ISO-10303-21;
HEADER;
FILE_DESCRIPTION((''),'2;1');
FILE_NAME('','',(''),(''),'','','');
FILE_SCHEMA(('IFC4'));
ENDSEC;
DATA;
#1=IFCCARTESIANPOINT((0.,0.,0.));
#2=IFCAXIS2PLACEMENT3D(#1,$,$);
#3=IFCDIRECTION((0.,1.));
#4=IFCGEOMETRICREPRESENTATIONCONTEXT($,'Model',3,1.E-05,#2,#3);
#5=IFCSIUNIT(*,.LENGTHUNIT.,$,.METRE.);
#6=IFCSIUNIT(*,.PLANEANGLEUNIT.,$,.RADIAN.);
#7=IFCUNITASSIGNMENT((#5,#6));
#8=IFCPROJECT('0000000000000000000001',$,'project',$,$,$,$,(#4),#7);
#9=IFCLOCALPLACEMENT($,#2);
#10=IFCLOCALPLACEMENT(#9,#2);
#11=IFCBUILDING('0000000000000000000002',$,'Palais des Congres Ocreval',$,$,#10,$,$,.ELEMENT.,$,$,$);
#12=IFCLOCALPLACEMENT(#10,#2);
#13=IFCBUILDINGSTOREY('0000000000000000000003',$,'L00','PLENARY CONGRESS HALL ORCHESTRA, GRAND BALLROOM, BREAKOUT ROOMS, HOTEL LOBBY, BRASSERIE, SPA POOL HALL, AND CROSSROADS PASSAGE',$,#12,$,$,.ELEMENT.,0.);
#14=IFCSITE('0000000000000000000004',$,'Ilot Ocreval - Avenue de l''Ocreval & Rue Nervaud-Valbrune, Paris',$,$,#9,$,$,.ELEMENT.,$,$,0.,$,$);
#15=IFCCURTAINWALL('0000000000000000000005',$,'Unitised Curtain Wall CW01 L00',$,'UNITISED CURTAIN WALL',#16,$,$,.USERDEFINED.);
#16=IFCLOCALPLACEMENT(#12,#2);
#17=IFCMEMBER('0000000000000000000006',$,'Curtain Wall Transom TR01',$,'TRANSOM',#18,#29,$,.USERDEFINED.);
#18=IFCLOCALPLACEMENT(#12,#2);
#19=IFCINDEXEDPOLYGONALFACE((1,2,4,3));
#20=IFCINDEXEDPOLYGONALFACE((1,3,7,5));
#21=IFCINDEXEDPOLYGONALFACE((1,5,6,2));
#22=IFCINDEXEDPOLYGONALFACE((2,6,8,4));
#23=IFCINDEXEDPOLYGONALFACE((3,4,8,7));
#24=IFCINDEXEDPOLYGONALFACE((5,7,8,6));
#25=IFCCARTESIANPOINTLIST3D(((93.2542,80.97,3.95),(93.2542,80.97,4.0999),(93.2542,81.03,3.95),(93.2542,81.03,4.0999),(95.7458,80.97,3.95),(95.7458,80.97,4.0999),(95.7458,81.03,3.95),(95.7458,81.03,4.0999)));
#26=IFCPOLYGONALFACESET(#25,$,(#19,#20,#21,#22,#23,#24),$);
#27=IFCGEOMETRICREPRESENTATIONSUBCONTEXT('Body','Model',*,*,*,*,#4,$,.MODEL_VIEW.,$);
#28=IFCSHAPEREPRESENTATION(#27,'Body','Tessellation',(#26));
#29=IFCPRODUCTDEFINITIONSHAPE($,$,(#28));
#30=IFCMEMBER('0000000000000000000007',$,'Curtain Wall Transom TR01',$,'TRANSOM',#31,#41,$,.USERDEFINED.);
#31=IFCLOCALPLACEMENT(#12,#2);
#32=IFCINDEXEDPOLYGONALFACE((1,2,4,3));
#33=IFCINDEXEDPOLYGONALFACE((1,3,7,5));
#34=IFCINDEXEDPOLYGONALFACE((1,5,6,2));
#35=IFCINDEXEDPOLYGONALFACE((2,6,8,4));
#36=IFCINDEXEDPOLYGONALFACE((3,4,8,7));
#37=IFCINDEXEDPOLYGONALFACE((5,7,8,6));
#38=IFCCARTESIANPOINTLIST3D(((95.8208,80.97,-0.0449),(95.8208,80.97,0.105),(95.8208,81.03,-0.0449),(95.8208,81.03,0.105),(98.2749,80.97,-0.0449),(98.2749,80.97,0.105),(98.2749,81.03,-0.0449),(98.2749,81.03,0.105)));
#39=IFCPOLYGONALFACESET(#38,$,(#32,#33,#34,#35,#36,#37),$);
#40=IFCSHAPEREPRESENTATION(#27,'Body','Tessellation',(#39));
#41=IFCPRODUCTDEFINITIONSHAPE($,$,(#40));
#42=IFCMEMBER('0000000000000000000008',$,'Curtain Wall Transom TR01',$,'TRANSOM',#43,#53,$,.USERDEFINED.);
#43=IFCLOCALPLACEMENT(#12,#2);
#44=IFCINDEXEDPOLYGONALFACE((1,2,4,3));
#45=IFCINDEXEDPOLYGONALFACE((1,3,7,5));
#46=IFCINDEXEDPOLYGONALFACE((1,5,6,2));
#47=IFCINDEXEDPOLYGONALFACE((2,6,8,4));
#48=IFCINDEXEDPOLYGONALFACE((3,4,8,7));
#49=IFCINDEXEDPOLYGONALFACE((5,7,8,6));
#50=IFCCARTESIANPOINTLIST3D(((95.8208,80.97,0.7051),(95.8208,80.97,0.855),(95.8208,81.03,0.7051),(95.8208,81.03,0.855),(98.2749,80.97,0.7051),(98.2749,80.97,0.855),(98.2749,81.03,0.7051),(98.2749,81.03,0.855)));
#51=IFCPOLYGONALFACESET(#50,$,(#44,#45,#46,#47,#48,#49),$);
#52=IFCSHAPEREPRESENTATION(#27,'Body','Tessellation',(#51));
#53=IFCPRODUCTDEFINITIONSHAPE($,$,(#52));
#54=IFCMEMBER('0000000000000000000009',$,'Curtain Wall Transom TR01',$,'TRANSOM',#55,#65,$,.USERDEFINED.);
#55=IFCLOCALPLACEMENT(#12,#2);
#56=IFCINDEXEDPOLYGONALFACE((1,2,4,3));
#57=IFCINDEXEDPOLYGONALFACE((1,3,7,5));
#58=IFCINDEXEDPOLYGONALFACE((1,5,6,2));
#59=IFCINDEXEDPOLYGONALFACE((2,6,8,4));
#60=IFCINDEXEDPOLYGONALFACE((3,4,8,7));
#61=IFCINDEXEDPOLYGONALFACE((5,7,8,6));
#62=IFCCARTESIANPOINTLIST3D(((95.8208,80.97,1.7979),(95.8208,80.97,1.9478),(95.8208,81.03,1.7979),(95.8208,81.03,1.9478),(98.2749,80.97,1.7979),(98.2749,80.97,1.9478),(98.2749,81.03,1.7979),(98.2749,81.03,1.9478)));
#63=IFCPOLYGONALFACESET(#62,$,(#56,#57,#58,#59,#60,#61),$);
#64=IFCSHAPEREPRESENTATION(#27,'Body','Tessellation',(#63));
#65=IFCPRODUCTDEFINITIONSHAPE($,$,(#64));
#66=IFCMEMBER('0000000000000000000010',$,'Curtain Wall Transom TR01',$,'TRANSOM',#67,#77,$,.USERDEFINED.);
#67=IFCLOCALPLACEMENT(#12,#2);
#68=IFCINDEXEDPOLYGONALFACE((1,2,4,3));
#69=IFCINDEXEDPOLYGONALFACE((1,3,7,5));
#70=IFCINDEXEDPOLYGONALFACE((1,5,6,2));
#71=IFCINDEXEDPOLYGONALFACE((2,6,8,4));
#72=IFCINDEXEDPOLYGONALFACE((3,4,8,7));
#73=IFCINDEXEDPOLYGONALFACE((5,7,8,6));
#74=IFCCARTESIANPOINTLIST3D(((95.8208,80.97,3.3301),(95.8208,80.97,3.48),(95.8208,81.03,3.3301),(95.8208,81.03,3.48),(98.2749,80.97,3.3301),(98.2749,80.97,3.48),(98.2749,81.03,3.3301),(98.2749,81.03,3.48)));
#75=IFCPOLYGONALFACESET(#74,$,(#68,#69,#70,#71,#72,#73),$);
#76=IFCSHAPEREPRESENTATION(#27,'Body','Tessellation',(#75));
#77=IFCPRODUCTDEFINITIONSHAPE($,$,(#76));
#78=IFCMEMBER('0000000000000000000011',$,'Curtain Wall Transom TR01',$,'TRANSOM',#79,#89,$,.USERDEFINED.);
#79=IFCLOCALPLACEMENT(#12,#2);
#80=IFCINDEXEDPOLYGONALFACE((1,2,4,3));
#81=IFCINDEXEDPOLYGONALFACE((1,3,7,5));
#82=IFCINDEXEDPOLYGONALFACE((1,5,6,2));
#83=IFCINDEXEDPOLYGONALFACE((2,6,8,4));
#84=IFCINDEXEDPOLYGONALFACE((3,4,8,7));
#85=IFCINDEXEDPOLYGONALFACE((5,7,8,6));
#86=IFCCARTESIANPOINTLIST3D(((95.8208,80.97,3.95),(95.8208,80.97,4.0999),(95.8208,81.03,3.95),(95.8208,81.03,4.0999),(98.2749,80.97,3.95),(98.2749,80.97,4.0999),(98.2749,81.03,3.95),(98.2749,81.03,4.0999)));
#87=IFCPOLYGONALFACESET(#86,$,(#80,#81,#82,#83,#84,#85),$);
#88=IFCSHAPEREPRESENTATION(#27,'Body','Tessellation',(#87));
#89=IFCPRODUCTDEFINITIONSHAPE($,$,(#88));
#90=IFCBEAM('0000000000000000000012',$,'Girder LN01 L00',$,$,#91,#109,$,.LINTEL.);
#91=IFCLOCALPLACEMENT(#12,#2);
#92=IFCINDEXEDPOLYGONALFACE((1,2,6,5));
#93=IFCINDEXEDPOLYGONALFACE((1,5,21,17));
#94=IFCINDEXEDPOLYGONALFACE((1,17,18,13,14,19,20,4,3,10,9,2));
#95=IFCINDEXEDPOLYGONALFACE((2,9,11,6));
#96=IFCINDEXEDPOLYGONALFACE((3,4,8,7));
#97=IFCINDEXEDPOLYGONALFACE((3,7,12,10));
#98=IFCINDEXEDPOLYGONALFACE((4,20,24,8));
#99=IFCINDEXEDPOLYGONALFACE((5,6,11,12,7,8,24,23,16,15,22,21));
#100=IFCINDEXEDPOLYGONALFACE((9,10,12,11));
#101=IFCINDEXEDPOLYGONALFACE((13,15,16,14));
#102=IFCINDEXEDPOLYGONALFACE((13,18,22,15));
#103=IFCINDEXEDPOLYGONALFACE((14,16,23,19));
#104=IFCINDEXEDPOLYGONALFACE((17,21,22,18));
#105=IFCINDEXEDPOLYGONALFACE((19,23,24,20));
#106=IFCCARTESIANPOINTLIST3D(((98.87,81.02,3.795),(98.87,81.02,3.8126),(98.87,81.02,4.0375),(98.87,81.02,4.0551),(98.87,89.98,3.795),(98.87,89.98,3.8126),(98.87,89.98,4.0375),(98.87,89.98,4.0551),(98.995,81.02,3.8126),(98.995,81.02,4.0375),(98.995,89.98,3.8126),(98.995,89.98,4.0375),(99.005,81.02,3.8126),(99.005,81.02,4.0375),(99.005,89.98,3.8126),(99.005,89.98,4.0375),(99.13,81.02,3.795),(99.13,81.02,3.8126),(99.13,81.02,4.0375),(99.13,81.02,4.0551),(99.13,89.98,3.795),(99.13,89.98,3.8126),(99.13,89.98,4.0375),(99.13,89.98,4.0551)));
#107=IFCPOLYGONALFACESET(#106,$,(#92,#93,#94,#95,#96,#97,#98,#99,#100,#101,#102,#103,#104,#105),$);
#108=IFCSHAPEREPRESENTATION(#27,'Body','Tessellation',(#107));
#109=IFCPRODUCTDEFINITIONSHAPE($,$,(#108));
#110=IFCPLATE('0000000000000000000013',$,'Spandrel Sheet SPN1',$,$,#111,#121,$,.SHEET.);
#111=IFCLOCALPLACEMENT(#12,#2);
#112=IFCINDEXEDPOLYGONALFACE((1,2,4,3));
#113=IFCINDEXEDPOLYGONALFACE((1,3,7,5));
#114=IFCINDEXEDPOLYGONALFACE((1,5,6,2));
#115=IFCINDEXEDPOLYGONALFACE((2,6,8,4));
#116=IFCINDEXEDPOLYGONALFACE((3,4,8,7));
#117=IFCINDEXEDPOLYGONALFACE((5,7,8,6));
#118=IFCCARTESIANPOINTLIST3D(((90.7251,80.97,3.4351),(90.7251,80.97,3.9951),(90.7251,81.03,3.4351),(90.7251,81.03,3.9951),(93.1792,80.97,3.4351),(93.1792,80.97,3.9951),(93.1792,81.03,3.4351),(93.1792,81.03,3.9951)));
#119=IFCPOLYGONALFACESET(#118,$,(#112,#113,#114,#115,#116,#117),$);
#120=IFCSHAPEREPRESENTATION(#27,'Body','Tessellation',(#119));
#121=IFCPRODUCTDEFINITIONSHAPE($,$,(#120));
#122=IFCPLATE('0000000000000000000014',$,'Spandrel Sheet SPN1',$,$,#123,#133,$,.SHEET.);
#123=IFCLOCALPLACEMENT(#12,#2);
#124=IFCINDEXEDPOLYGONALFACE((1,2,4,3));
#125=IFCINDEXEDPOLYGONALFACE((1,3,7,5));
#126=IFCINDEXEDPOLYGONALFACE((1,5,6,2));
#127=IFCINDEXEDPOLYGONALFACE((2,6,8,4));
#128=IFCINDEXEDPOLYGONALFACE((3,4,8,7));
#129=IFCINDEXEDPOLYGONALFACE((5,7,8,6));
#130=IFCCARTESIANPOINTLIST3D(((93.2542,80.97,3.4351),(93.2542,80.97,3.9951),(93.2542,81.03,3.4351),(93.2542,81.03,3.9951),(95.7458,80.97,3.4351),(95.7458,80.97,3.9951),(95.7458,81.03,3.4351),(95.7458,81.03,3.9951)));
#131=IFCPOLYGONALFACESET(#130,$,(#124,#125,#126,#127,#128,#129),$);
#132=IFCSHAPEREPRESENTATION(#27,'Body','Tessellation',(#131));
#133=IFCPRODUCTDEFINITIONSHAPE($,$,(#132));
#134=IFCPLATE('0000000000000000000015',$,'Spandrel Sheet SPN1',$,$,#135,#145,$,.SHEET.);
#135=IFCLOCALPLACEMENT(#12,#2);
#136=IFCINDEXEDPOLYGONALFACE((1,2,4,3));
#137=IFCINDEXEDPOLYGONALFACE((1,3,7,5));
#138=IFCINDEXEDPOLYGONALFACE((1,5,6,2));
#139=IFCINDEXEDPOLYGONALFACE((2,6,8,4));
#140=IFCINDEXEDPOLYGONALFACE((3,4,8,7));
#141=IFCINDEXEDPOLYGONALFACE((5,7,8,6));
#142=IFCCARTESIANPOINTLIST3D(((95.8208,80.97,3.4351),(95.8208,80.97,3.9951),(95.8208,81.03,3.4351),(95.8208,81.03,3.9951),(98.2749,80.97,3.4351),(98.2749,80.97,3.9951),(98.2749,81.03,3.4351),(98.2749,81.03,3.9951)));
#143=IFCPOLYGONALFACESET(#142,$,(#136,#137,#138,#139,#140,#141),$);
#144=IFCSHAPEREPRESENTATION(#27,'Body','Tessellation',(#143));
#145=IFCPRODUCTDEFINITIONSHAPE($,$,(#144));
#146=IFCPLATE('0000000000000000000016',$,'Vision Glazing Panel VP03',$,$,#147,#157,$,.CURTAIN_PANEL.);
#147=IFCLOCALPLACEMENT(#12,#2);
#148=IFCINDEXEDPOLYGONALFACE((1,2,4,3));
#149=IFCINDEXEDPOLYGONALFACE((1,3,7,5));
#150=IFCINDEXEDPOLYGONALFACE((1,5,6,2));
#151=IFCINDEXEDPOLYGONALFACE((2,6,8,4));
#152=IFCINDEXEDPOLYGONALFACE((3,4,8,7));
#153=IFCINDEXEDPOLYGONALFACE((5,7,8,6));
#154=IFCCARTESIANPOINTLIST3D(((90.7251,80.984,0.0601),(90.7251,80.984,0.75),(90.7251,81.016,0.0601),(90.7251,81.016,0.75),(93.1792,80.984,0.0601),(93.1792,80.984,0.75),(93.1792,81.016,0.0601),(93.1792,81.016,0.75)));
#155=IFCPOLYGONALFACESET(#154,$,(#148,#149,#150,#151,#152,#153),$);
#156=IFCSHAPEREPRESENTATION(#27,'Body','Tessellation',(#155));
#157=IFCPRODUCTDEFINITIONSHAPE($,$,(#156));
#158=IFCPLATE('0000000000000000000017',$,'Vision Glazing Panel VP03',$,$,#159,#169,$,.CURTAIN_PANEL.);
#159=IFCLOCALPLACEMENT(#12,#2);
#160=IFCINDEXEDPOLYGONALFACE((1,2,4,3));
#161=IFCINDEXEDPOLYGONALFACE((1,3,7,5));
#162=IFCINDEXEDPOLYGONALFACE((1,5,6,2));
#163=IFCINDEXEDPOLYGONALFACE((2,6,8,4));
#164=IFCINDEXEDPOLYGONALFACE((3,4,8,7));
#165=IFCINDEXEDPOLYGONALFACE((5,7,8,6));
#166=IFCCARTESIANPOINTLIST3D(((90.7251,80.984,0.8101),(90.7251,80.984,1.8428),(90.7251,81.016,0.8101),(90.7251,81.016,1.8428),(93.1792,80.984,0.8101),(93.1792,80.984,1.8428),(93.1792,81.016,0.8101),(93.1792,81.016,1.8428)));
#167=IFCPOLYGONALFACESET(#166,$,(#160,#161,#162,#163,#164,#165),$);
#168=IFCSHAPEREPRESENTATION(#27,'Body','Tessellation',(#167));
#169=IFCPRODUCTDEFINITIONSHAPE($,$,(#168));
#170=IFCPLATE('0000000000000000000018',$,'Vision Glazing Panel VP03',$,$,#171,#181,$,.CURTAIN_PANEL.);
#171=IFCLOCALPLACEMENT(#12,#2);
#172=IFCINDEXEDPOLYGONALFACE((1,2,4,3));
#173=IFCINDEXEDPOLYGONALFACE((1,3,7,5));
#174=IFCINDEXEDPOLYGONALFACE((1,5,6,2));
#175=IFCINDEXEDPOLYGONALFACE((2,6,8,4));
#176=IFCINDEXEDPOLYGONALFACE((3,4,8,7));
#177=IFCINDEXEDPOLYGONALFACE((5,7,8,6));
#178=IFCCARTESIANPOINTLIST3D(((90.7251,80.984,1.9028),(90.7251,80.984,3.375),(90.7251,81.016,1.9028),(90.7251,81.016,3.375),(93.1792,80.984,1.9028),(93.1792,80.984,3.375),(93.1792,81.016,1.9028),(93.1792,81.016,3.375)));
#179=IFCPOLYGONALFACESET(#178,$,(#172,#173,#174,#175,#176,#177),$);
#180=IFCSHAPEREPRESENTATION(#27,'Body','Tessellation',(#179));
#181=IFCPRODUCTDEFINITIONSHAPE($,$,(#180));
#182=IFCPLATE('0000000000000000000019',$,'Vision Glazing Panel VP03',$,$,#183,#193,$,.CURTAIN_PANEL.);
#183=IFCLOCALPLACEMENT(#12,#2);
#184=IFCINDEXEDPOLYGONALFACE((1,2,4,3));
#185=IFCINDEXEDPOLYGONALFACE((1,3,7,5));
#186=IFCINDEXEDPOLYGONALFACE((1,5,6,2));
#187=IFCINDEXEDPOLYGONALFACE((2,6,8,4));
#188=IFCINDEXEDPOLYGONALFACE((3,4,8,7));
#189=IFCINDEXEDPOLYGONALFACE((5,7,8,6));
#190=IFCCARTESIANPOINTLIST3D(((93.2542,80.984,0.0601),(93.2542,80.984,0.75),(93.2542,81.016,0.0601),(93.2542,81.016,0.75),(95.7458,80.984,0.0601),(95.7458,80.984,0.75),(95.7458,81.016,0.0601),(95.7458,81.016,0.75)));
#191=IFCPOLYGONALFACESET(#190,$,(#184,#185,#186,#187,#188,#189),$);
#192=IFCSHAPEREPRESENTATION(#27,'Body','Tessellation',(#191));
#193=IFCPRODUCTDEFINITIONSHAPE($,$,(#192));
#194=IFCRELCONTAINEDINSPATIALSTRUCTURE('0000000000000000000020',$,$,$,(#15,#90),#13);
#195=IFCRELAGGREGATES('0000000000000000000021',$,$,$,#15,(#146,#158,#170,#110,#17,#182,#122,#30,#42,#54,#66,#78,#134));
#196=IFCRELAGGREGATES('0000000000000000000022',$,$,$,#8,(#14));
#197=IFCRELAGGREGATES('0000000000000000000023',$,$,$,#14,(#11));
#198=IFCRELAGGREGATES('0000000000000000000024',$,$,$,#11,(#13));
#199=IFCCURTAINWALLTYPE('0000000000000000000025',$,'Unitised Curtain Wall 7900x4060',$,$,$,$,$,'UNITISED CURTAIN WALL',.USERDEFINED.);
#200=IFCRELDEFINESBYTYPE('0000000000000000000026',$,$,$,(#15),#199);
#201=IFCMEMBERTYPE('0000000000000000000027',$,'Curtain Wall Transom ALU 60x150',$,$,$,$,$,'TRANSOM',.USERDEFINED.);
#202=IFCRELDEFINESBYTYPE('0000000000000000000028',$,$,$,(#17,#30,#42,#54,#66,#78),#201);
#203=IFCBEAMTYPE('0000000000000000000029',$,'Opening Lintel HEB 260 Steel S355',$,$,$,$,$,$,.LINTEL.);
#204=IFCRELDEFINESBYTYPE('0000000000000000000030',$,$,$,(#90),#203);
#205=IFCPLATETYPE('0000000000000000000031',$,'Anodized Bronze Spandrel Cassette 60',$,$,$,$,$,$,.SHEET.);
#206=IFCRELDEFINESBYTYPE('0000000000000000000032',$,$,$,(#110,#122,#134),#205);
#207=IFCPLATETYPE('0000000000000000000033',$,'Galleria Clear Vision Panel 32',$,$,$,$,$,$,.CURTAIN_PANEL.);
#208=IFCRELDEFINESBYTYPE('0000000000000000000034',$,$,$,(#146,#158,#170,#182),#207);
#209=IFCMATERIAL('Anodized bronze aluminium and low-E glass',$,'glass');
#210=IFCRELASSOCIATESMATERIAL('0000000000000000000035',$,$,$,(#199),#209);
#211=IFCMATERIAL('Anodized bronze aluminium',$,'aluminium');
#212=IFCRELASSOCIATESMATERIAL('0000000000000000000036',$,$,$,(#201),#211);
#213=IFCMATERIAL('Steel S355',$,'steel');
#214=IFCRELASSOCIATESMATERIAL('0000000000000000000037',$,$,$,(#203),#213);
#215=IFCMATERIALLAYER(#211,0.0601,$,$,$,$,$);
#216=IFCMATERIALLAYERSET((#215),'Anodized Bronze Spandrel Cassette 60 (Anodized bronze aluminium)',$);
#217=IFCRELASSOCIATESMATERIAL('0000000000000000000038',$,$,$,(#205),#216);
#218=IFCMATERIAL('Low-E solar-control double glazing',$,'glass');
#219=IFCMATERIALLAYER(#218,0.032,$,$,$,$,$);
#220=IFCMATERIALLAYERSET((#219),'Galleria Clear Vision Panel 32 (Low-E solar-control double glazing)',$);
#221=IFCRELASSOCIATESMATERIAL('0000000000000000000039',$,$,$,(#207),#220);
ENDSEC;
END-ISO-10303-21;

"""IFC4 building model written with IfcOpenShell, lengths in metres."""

from ifc_helpers import new_model, si_unit, direction, frame, origin, origin_2d, place, context, subcontext, project, spatial, rectangle, i_section, extrude, material, layer, layer_set, material_profile, profile_set, type_object, element, aggregate, save


model = new_model("IFC4")

# Units and contexts
model_context = context("Model", 3, precision=1e-05, world=origin(), true_north=direction((0.0, 1.0)))
body_context = subcontext(model_context, "Body", "Model", "MODEL_VIEW")
ifc_project = project(units=[si_unit("LENGTHUNIT", "METRE"), si_unit("PLANEANGLEUNIT", "RADIAN")], contexts=[model_context])

# Site, building, storey
site_placement = place(None, origin())
site = spatial("IfcSite", under=ifc_project, at=site_placement, Name="Ilot Ocreval - Avenue de l'Ocreval & Rue Nervaud-Valbrune, Paris", CompositionType="ELEMENT", RefElevation=0.0)
building_placement = place(site_placement, origin())
building = spatial("IfcBuilding", under=site, at=building_placement, Name="Palais des Congres Ocreval", CompositionType="ELEMENT")
storey_placement = place(building_placement, origin())
storey = spatial("IfcBuildingStorey", under=building, at=storey_placement, Name="L00", Description="PLENARY CONGRESS HALL ORCHESTRA, GRAND BALLROOM, BREAKOUT ROOMS, HOTEL LOBBY, BRASSERIE, SPA POOL HALL, AND CROSSROADS PASSAGE", CompositionType="ELEMENT", Elevation=0.0)

# Shared definitions
ifc_material_1 = material(Name="Steel S355", Category="steel")

# Curtain wall, members
ifc_material_2 = material(Name="Anodized bronze aluminium and low-E glass", Category="glass")
curtain_wall_type = type_object("IfcCurtainWallType", Name="Unitised Curtain Wall 7900x4060", ElementType="UNITISED CURTAIN WALL", PredefinedType="USERDEFINED", material=ifc_material_2)
curtain_wall_placement = place(storey_placement, origin())
curtain_wall = element("IfcCurtainWall", 1, at=curtain_wall_placement, inside=storey, type_object=curtain_wall_type, Name="Unitised Curtain Wall CW01 L00", ObjectType="UNITISED CURTAIN WALL", PredefinedType="USERDEFINED")
ifc_material_3 = material(Name="Anodized bronze aluminium", Category="aluminium")
ifc_material_profile_1 = material_profile(ifc_material_3, rectangle(XDim=0.0601, YDim=0.1499, at=origin_2d()), Name="ALU 60x150")
ifc_profile_set_1 = profile_set([ifc_material_profile_1], Name="Anodized bronze aluminium")
member_type_1 = type_object("IfcMemberType", Name="Curtain Wall Transom ALU 60x150", ElementType="TRANSOM", PredefinedType="USERDEFINED", material=ifc_profile_set_1)
member_1_placement = place(storey_placement, frame((93.2542, 81.0, 4.0249), z_axis=(1.0, 0.0, 0.0), x_axis=(0.0, 1.0, 0.0)))
member_1 = element("IfcMember", 2, at=member_1_placement, type_object=member_type_1, Name="Curtain Wall Transom TR01", ObjectType="TRANSOM", PredefinedType="USERDEFINED", context=body_context, shape_type="SweptSolid", body=[
    extrude(rectangle(XDim=0.0601, YDim=0.1499, at=origin_2d()), origin(), (0.0, 0.0, 1.0), 2.4917),
])
member_2_placement = place(storey_placement, frame((95.8208, 81.0, 0.03), z_axis=(1.0, 0.0, 0.0), x_axis=(0.0, 1.0, 0.0)))
member_2 = element("IfcMember", 3, at=member_2_placement, type_object=member_type_1, Name="Curtain Wall Transom TR01", ObjectType="TRANSOM", PredefinedType="USERDEFINED", context=body_context, shape_type="SweptSolid", body=[
    extrude(rectangle(XDim=0.0601, YDim=0.1499, at=origin_2d()), origin(), (0.0, 0.0, 1.0), 2.4541),
])
member_3_placement = place(storey_placement, frame((95.8208, 81.0, 0.78), z_axis=(1.0, 0.0, 0.0), x_axis=(0.0, 1.0, 0.0)))
member_3 = element("IfcMember", 4, at=member_3_placement, type_object=member_type_1, Name="Curtain Wall Transom TR01", ObjectType="TRANSOM", PredefinedType="USERDEFINED", context=body_context, shape_type="SweptSolid", body=[
    extrude(rectangle(XDim=0.0601, YDim=0.1499, at=origin_2d()), origin(), (0.0, 0.0, 1.0), 2.4541),
])
member_4_placement = place(storey_placement, frame((95.8208, 81.0, 1.8728), z_axis=(1.0, 0.0, 0.0), x_axis=(0.0, 1.0, 0.0)))
member_4 = element("IfcMember", 5, at=member_4_placement, type_object=member_type_1, Name="Curtain Wall Transom TR01", ObjectType="TRANSOM", PredefinedType="USERDEFINED", context=body_context, shape_type="SweptSolid", body=[
    extrude(rectangle(XDim=0.0601, YDim=0.1499, at=origin_2d()), origin(), (0.0, 0.0, 1.0), 2.4541),
])
member_5_placement = place(storey_placement, frame((95.8208, 81.0, 3.405), z_axis=(1.0, 0.0, 0.0), x_axis=(0.0, 1.0, 0.0)))
member_5 = element("IfcMember", 6, at=member_5_placement, type_object=member_type_1, Name="Curtain Wall Transom TR01", ObjectType="TRANSOM", PredefinedType="USERDEFINED", context=body_context, shape_type="SweptSolid", body=[
    extrude(rectangle(XDim=0.0601, YDim=0.1499, at=origin_2d()), origin(), (0.0, 0.0, 1.0), 2.4541),
])
member_6_placement = place(storey_placement, frame((95.8208, 81.0, 4.0249), z_axis=(1.0, 0.0, 0.0), x_axis=(0.0, 1.0, 0.0)))
member_6 = element("IfcMember", 7, at=member_6_placement, type_object=member_type_1, Name="Curtain Wall Transom TR01", ObjectType="TRANSOM", PredefinedType="USERDEFINED", context=body_context, shape_type="SweptSolid", body=[
    extrude(rectangle(XDim=0.0601, YDim=0.1499, at=origin_2d()), origin(), (0.0, 0.0, 1.0), 2.4541),
])

# Beam
ifc_material_profile_2 = material_profile(ifc_material_1, i_section(OverallWidth=0.26, OverallDepth=0.26, WebThickness=0.01, FlangeThickness=0.0176, at=origin_2d()), Name="HEB 260")
ifc_profile_set_2 = profile_set([ifc_material_profile_2], Name="Steel S355")
beam_type = type_object("IfcBeamType", Name="Opening Lintel HEB 260 Steel S355", PredefinedType="LINTEL", material=ifc_profile_set_2)
beam_placement = place(storey_placement, frame((99.0, 81.02, 3.925), z_axis=(0.0, 1.0, 0.0), x_axis=(-1.0, 0.0, 0.0)))
element("IfcBeam", 8, at=beam_placement, inside=storey, type_object=beam_type, Name="Girder LN01 L00", PredefinedType="LINTEL", context=body_context, shape_type="SweptSolid", body=[
    extrude(i_section(OverallWidth=0.26, OverallDepth=0.26, WebThickness=0.01, FlangeThickness=0.0176, at=origin_2d()), origin(), (0.0, 0.0, 1.0), 8.96),
])

# Plates
ifc_layer_1 = layer(ifc_material_3, 0.0601)
ifc_layer_set_1 = layer_set([ifc_layer_1], Name="Anodized Bronze Spandrel Cassette 60 (Anodized bronze aluminium)")
plate_type_1 = type_object("IfcPlateType", Name="Anodized Bronze Spandrel Cassette 60", PredefinedType="SHEET", material=ifc_layer_set_1)
plate_1_placement = place(storey_placement, frame((91.9521, 81.0, 3.4351), z_axis=(0.0, 0.0, 1.0), x_axis=(1.0, 0.0, 0.0)))
plate_1 = element("IfcPlate", 9, at=plate_1_placement, type_object=plate_type_1, Name="Spandrel Sheet SPN1", PredefinedType="SHEET", context=body_context, shape_type="SweptSolid", body=[
    extrude(rectangle(XDim=2.4541, YDim=0.0601, at=origin_2d()), origin(), (0.0, 0.0, 1.0), 0.5601),
])
plate_2_placement = place(storey_placement, frame((94.5, 81.0, 3.4351), z_axis=(0.0, 0.0, 1.0), x_axis=(1.0, 0.0, 0.0)))
plate_2 = element("IfcPlate", 10, at=plate_2_placement, type_object=plate_type_1, Name="Spandrel Sheet SPN1", PredefinedType="SHEET", context=body_context, shape_type="SweptSolid", body=[
    extrude(rectangle(XDim=2.4917, YDim=0.0601, at=origin_2d()), origin(), (0.0, 0.0, 1.0), 0.5601),
])
plate_3_placement = place(storey_placement, frame((97.0479, 81.0, 3.4351), z_axis=(0.0, 0.0, 1.0), x_axis=(1.0, 0.0, 0.0)))
plate_3 = element("IfcPlate", 11, at=plate_3_placement, type_object=plate_type_1, Name="Spandrel Sheet SPN1", PredefinedType="SHEET", context=body_context, shape_type="SweptSolid", body=[
    extrude(rectangle(XDim=2.4541, YDim=0.0601, at=origin_2d()), origin(), (0.0, 0.0, 1.0), 0.5601),
])
ifc_material_4 = material(Name="Low-E solar-control double glazing", Category="glass")
ifc_layer_2 = layer(ifc_material_4, 0.032)
ifc_layer_set_2 = layer_set([ifc_layer_2], Name="Galleria Clear Vision Panel 32 (Low-E solar-control double glazing)")
plate_type_2 = type_object("IfcPlateType", Name="Galleria Clear Vision Panel 32", PredefinedType="CURTAIN_PANEL", material=ifc_layer_set_2)
plate_4_placement = place(storey_placement, frame((91.9521, 81.0, 0.0601), z_axis=(0.0, 0.0, 1.0), x_axis=(1.0, 0.0, 0.0)))
plate_4 = element("IfcPlate", 12, at=plate_4_placement, type_object=plate_type_2, Name="Vision Glazing Panel VP03", PredefinedType="CURTAIN_PANEL", context=body_context, shape_type="SweptSolid", body=[
    extrude(rectangle(XDim=2.4541, YDim=0.032, at=origin_2d()), origin(), (0.0, 0.0, 1.0), 0.6899),
])
plate_5_placement = place(storey_placement, frame((91.9521, 81.0, 0.8101), z_axis=(0.0, 0.0, 1.0), x_axis=(1.0, 0.0, 0.0)))
plate_5 = element("IfcPlate", 13, at=plate_5_placement, type_object=plate_type_2, Name="Vision Glazing Panel VP03", PredefinedType="CURTAIN_PANEL", context=body_context, shape_type="SweptSolid", body=[
    extrude(rectangle(XDim=2.4541, YDim=0.032, at=origin_2d()), origin(), (0.0, 0.0, 1.0), 1.0327),
])
plate_6_placement = place(storey_placement, frame((91.9521, 81.0, 1.9028), z_axis=(0.0, 0.0, 1.0), x_axis=(1.0, 0.0, 0.0)))
plate_6 = element("IfcPlate", 14, at=plate_6_placement, type_object=plate_type_2, Name="Vision Glazing Panel VP03", PredefinedType="CURTAIN_PANEL", context=body_context, shape_type="SweptSolid", body=[
    extrude(rectangle(XDim=2.4541, YDim=0.032, at=origin_2d()), origin(), (0.0, 0.0, 1.0), 1.4722),
])
plate_7_placement = place(storey_placement, frame((94.5, 81.0, 0.0601), z_axis=(0.0, 0.0, 1.0), x_axis=(1.0, 0.0, 0.0)))
plate_7 = element("IfcPlate", 15, at=plate_7_placement, type_object=plate_type_2, Name="Vision Glazing Panel VP03", PredefinedType="CURTAIN_PANEL", context=body_context, shape_type="SweptSolid", body=[
    extrude(rectangle(XDim=2.4917, YDim=0.032, at=origin_2d()), origin(), (0.0, 0.0, 1.0), 0.6899),
])
aggregate(curtain_wall, [plate_4, plate_5, plate_6, plate_1, member_1, plate_7, plate_2, member_2, member_3, member_4, member_5, member_6, plate_3])

save(model, "model.ifc")
